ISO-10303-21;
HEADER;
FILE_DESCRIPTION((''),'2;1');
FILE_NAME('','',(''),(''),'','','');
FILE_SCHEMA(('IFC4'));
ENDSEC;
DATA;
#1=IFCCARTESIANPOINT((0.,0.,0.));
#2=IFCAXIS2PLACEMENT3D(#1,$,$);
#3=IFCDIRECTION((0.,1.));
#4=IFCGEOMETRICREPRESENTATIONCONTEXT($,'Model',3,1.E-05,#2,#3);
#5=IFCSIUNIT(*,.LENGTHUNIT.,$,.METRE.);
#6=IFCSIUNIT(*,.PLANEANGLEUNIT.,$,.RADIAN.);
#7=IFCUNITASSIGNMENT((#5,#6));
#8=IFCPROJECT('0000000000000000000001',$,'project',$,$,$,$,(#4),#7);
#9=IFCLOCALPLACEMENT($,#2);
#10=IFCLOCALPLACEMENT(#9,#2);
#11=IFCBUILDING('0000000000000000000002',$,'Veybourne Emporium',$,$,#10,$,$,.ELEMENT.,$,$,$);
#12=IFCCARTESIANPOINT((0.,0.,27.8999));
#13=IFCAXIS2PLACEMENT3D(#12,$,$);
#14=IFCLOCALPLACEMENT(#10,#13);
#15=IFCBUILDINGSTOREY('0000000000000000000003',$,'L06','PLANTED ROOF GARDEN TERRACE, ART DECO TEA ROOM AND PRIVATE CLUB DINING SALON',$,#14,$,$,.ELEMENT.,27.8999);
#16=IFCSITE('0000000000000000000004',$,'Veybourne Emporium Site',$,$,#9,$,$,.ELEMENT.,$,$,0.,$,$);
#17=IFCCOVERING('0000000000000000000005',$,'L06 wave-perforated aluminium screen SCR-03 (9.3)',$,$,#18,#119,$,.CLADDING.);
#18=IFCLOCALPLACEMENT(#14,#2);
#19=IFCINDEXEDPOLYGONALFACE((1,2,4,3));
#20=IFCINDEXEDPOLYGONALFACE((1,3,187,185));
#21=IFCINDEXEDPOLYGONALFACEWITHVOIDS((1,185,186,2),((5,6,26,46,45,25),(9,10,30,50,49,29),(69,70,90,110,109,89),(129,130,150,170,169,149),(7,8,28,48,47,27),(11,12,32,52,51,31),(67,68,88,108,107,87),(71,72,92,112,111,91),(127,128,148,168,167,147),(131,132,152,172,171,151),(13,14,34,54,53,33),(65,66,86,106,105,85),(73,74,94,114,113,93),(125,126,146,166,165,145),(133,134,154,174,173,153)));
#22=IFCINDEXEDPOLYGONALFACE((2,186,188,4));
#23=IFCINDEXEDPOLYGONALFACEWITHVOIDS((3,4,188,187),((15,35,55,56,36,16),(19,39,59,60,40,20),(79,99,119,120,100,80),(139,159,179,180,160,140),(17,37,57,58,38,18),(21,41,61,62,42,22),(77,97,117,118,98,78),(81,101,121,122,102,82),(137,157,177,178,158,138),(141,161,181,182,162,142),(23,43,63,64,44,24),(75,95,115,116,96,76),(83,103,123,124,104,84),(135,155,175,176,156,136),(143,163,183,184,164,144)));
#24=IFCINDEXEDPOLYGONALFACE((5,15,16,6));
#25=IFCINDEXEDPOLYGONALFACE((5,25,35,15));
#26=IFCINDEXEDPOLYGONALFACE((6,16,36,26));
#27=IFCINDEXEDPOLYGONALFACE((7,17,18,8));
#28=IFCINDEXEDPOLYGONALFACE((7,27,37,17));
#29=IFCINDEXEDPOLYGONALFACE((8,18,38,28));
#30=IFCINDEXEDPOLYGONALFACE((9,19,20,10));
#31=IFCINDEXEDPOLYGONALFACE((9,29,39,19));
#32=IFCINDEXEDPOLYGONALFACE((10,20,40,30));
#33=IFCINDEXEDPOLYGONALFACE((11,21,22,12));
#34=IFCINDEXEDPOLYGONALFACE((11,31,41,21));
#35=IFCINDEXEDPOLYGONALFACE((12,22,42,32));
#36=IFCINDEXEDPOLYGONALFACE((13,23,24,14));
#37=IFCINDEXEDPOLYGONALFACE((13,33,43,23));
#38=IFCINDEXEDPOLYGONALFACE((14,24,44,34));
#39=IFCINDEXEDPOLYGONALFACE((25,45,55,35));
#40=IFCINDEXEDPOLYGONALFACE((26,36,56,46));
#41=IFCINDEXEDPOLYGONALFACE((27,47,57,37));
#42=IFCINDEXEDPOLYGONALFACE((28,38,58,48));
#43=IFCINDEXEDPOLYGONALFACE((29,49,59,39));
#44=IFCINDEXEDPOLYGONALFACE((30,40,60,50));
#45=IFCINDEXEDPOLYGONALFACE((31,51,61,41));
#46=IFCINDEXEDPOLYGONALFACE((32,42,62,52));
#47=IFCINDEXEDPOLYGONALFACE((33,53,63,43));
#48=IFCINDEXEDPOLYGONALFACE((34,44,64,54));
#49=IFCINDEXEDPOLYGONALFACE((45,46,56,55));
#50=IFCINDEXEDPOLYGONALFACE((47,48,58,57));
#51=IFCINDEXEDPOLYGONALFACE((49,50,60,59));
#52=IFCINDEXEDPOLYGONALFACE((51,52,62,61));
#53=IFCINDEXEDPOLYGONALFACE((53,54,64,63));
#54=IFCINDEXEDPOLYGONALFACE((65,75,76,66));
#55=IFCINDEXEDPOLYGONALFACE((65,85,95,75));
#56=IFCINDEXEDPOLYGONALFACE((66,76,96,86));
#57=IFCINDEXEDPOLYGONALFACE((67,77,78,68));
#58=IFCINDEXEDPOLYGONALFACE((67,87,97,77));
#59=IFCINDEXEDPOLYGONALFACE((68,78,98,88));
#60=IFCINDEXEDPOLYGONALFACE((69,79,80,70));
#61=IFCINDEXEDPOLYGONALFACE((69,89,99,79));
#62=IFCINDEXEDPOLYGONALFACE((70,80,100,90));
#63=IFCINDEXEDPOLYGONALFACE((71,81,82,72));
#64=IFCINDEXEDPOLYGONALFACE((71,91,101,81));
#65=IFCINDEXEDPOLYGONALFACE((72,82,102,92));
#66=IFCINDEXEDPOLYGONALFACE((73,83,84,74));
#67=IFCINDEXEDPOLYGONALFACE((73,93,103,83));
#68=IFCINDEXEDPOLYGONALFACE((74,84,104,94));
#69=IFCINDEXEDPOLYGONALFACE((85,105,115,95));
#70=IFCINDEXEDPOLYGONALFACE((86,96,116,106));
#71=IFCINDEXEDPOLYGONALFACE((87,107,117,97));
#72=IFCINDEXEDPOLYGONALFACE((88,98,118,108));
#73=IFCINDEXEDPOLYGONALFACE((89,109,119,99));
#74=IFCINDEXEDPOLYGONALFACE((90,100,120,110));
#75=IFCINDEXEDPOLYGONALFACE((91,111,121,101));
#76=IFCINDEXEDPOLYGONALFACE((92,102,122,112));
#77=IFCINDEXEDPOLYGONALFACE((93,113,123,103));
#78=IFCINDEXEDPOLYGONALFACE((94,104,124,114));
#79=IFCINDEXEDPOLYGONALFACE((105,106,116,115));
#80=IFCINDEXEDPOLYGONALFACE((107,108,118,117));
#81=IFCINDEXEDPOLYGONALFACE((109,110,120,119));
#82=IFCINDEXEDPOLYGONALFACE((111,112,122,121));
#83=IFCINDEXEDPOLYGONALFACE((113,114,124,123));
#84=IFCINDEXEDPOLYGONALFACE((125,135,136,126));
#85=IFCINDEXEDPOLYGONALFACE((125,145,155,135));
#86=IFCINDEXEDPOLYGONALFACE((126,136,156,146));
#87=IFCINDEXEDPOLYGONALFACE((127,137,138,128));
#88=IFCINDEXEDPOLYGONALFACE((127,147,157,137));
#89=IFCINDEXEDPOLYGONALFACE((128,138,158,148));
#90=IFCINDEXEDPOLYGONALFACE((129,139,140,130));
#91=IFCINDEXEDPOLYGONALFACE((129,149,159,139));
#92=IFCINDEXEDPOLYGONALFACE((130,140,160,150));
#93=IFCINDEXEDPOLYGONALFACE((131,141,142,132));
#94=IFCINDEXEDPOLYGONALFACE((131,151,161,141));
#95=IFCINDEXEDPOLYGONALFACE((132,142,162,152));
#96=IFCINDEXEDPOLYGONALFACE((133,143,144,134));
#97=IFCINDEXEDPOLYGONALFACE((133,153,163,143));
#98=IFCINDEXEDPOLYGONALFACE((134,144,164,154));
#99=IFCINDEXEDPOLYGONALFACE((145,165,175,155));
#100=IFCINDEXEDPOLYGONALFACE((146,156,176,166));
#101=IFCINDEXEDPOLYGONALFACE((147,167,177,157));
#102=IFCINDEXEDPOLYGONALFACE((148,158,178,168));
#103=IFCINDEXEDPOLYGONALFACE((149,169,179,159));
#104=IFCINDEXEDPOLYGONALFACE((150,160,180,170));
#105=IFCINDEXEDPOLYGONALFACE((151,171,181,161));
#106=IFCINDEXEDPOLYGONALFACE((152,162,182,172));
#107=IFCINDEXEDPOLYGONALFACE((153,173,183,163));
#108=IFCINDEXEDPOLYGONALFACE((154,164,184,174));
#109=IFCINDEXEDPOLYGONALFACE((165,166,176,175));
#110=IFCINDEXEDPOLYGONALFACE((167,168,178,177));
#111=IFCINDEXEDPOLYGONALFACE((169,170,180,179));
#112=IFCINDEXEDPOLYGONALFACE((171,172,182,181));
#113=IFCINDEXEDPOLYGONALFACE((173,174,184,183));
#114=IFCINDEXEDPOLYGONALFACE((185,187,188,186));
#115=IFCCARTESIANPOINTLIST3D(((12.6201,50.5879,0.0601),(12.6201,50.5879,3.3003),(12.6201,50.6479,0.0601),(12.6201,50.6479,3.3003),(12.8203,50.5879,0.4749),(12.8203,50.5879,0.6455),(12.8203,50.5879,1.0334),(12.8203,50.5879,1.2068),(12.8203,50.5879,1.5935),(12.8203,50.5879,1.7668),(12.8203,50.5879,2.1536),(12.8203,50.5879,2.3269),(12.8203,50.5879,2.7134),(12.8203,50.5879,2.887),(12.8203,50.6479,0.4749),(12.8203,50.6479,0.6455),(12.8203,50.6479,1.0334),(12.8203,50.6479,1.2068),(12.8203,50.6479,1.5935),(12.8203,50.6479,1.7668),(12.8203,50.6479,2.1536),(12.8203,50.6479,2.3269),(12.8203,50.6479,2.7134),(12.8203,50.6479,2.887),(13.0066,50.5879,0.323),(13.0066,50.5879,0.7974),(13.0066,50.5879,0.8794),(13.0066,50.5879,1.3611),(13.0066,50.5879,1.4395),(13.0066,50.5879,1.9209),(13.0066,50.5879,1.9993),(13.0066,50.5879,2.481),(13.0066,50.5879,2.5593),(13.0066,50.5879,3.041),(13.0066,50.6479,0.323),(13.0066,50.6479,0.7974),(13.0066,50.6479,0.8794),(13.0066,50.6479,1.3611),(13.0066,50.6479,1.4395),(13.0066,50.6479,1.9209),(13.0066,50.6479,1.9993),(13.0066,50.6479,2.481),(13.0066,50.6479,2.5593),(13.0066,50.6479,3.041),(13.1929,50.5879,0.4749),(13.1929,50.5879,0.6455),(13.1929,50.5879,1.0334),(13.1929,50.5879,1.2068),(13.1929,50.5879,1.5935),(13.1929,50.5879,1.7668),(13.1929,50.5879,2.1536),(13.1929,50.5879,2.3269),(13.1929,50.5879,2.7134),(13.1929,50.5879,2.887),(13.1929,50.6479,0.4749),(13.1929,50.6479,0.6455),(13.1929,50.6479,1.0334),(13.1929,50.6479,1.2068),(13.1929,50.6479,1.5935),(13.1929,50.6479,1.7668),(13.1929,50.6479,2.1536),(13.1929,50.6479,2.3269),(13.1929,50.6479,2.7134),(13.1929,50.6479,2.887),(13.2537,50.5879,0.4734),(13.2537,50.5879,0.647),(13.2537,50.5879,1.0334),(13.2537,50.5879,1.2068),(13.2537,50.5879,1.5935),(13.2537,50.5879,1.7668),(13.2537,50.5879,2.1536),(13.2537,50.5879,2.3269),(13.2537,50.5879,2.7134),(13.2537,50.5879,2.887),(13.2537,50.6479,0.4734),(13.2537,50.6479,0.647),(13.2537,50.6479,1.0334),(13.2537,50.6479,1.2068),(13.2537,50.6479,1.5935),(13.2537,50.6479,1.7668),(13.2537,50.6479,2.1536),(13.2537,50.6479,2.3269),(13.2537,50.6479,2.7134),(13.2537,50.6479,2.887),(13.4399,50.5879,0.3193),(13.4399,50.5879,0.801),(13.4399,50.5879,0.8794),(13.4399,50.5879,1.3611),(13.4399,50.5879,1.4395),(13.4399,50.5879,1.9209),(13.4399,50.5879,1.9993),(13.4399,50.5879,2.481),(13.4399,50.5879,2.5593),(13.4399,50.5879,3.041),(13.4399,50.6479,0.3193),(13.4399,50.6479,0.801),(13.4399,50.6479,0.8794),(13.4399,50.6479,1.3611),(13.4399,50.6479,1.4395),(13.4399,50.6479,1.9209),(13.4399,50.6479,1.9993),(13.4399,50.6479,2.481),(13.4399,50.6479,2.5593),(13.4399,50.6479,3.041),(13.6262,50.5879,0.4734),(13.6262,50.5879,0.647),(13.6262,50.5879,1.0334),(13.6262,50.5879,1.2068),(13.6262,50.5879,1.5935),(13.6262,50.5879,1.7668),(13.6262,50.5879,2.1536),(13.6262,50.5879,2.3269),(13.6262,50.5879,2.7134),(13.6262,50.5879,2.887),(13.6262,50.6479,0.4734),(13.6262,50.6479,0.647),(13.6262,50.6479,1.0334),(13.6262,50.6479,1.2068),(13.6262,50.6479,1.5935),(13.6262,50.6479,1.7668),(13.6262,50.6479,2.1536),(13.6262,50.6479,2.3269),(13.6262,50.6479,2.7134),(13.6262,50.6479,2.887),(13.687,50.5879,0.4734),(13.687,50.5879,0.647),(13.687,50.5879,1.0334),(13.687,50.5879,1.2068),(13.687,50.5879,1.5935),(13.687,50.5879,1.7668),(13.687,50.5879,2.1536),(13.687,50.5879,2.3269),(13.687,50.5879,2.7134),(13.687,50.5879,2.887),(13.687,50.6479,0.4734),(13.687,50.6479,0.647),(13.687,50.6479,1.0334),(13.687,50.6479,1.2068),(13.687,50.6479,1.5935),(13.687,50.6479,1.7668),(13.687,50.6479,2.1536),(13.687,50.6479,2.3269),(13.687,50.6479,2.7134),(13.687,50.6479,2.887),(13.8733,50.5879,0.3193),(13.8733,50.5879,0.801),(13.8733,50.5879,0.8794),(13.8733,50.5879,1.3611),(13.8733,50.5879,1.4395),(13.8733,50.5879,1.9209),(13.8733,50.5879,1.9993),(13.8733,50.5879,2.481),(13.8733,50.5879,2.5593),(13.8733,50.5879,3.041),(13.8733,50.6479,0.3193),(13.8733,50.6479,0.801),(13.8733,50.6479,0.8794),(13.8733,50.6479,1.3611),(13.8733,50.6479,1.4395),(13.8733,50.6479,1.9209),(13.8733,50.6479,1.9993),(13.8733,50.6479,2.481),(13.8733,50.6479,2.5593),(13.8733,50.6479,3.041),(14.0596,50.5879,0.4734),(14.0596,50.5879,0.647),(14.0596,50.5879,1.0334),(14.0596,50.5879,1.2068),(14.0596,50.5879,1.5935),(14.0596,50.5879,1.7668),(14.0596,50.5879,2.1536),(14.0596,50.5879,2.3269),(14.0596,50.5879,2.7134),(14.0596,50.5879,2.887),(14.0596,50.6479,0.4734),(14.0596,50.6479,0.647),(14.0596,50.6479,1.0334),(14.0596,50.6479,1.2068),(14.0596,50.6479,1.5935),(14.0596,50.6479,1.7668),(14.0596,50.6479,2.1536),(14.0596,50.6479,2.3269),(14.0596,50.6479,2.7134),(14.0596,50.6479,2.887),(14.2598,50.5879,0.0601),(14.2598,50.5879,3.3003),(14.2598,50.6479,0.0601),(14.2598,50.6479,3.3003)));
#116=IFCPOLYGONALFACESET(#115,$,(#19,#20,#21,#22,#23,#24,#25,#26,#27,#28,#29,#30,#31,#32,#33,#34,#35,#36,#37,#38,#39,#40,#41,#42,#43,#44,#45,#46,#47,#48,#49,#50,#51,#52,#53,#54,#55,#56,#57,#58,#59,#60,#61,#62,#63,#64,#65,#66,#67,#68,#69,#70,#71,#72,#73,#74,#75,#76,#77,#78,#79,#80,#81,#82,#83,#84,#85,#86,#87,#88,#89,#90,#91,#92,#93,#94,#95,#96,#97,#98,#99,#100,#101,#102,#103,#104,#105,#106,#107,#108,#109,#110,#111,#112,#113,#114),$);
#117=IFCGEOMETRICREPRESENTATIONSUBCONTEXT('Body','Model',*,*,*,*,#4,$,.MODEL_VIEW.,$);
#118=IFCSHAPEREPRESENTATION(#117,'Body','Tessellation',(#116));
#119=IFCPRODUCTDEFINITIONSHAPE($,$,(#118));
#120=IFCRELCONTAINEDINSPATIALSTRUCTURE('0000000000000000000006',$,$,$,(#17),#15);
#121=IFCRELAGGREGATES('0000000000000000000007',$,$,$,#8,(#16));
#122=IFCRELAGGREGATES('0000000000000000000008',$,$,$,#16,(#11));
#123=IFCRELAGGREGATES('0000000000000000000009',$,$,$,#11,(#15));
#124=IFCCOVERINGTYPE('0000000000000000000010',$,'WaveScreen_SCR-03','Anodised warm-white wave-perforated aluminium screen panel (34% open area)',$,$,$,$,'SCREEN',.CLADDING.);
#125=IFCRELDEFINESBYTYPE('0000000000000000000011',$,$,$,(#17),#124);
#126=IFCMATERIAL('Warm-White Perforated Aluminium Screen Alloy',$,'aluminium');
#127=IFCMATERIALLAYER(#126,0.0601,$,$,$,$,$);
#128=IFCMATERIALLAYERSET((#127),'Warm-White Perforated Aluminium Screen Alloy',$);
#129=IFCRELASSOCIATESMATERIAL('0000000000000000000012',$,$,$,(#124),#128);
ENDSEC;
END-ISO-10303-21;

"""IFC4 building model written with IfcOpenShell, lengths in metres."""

from ifc_helpers import new_model, si_unit, direction, frame, origin, place, context, subcontext, project, spatial, polyline, outline, extrude, material, layer, layer_set, type_object, element, save


model = new_model("IFC4")

# Units and contexts
model_context = context("Model", 3, precision=1e-05, world=origin(), true_north=direction((0.0, 1.0)))
body_context = subcontext(model_context, "Body", "Model", "MODEL_VIEW")
ifc_project = project(units=[si_unit("LENGTHUNIT", "METRE"), si_unit("PLANEANGLEUNIT", "RADIAN")], contexts=[model_context])

# Site, building, storey
site_placement = place(None, origin())
site = spatial("IfcSite", under=ifc_project, at=site_placement, Name="Veybourne Emporium Site", CompositionType="ELEMENT", RefElevation=0.0)
building_placement = place(site_placement, origin())
building = spatial("IfcBuilding", under=site, at=building_placement, Name="Veybourne Emporium", CompositionType="ELEMENT")
storey_placement = place(building_placement, frame((0.0, 0.0, 27.8999)))
storey = spatial("IfcBuildingStorey", under=building, at=storey_placement, Name="L06", Description="PLANTED ROOF GARDEN TERRACE, ART DECO TEA ROOM AND PRIVATE CLUB DINING SALON", CompositionType="ELEMENT", Elevation=27.8999)

# Covering
ifc_material_1 = material(Name="Warm-White Perforated Aluminium Screen Alloy", Category="aluminium")
ifc_layer_1 = layer(ifc_material_1, 0.0601)
ifc_layer_set_1 = layer_set([ifc_layer_1], Name="Warm-White Perforated Aluminium Screen Alloy")
covering_type_1 = type_object("IfcCoveringType", Name="WaveScreen_SCR-03", Description="Anodised warm-white wave-perforated aluminium screen panel (34% open area)", ElementType="SCREEN", PredefinedType="CLADDING", material=ifc_layer_set_1)
covering_1_placement = place(storey_placement, frame((13.4399, 50.6479, 1.6802), z_axis=(0.0, -1.0, 0.0), x_axis=(1.0, 0.0, 0.0)))
element("IfcCovering", 1, at=covering_1_placement, inside=storey, type_object=covering_type_1, Name="L06 wave-perforated aluminium screen SCR-03 (9.3)", PredefinedType="CLADDING", context=body_context, shape_type="SweptSolid", body=[
    extrude(outline(polyline([(-0.8198, -1.6201), (0.8198, -1.6201), (0.8198, 1.6201), (-0.8198, 1.6201), (-0.8198, -1.6201)]), holes=[polyline([(-0.4333, -0.8828), (-0.2471, -1.0347), (-0.2471, -1.2053), (-0.4333, -1.3572), (-0.6196, -1.2053), (-0.6196, -1.0347), (-0.4333, -0.8828)]), polyline([(-0.4333, -0.3191), (-0.2471, -0.4734), (-0.2471, -0.6467), (-0.4333, -0.8008), (-0.6196, -0.6467), (-0.6196, -0.4734), (-0.4333, -0.3191)]), polyline([(-0.4333, 0.2407), (-0.2471, 0.0867), (-0.2471, -0.0867), (-0.4333, -0.2407), (-0.6196, -0.0867), (-0.6196, 0.0867), (-0.4333, 0.2407)]), polyline([(-0.4333, 0.8008), (-0.2471, 0.6467), (-0.2471, 0.4734), (-0.4333, 0.3191), (-0.6196, 0.4734), (-0.6196, 0.6467), (-0.4333, 0.8008)]), polyline([(-0.4333, 1.3608), (-0.2471, 1.2068), (-0.2471, 1.0332), (-0.4333, 0.8792), (-0.6196, 1.0332), (-0.6196, 1.2068), (-0.4333, 1.3608)]), polyline([(0.0, -0.8792), (0.1863, -1.0332), (0.1863, -1.2068), (0.0, -1.3608), (-0.1863, -1.2068), (-0.1863, -1.0332), (0.0, -0.8792)]), polyline([(0.0, -0.3191), (0.1863, -0.4734), (0.1863, -0.6467), (0.0, -0.8008), (-0.1863, -0.6467), (-0.1863, -0.4734), (0.0, -0.3191)]), polyline([(0.0, 0.2407), (0.1863, 0.0867), (0.1863, -0.0867), (0.0, -0.2407), (-0.1863, -0.0867), (-0.1863, 0.0867), (0.0, 0.2407)]), polyline([(0.0, 0.8008), (0.1863, 0.6467), (0.1863, 0.4734), (0.0, 0.3191), (-0.1863, 0.4734), (-0.1863, 0.6467), (0.0, 0.8008)]), polyline([(0.0, 1.3608), (0.1863, 1.2068), (0.1863, 1.0332), (0.0, 0.8792), (-0.1863, 1.0332), (-0.1863, 1.2068), (0.0, 1.3608)]), polyline([(0.4333, -0.8792), (0.6196, -1.0332), (0.6196, -1.2068), (0.4333, -1.3608), (0.2471, -1.2068), (0.2471, -1.0332), (0.4333, -0.8792)]), polyline([(0.4333, -0.3191), (0.6196, -0.4734), (0.6196, -0.6467), (0.4333, -0.8008), (0.2471, -0.6467), (0.2471, -0.4734), (0.4333, -0.3191)]), polyline([(0.4333, 0.2407), (0.6196, 0.0867), (0.6196, -0.0867), (0.4333, -0.2407), (0.2471, -0.0867), (0.2471, 0.0867), (0.4333, 0.2407)]), polyline([(0.4333, 0.8008), (0.6196, 0.6467), (0.6196, 0.4734), (0.4333, 0.3191), (0.2471, 0.4734), (0.2471, 0.6467), (0.4333, 0.8008)]), polyline([(0.4333, 1.3608), (0.6196, 1.2068), (0.6196, 1.0332), (0.4333, 0.8792), (0.2471, 1.0332), (0.2471, 1.2068), (0.4333, 1.3608)])]), origin(), (0.0, 0.0, 1.0), 0.0601),
])

save(model, "model.ifc")
